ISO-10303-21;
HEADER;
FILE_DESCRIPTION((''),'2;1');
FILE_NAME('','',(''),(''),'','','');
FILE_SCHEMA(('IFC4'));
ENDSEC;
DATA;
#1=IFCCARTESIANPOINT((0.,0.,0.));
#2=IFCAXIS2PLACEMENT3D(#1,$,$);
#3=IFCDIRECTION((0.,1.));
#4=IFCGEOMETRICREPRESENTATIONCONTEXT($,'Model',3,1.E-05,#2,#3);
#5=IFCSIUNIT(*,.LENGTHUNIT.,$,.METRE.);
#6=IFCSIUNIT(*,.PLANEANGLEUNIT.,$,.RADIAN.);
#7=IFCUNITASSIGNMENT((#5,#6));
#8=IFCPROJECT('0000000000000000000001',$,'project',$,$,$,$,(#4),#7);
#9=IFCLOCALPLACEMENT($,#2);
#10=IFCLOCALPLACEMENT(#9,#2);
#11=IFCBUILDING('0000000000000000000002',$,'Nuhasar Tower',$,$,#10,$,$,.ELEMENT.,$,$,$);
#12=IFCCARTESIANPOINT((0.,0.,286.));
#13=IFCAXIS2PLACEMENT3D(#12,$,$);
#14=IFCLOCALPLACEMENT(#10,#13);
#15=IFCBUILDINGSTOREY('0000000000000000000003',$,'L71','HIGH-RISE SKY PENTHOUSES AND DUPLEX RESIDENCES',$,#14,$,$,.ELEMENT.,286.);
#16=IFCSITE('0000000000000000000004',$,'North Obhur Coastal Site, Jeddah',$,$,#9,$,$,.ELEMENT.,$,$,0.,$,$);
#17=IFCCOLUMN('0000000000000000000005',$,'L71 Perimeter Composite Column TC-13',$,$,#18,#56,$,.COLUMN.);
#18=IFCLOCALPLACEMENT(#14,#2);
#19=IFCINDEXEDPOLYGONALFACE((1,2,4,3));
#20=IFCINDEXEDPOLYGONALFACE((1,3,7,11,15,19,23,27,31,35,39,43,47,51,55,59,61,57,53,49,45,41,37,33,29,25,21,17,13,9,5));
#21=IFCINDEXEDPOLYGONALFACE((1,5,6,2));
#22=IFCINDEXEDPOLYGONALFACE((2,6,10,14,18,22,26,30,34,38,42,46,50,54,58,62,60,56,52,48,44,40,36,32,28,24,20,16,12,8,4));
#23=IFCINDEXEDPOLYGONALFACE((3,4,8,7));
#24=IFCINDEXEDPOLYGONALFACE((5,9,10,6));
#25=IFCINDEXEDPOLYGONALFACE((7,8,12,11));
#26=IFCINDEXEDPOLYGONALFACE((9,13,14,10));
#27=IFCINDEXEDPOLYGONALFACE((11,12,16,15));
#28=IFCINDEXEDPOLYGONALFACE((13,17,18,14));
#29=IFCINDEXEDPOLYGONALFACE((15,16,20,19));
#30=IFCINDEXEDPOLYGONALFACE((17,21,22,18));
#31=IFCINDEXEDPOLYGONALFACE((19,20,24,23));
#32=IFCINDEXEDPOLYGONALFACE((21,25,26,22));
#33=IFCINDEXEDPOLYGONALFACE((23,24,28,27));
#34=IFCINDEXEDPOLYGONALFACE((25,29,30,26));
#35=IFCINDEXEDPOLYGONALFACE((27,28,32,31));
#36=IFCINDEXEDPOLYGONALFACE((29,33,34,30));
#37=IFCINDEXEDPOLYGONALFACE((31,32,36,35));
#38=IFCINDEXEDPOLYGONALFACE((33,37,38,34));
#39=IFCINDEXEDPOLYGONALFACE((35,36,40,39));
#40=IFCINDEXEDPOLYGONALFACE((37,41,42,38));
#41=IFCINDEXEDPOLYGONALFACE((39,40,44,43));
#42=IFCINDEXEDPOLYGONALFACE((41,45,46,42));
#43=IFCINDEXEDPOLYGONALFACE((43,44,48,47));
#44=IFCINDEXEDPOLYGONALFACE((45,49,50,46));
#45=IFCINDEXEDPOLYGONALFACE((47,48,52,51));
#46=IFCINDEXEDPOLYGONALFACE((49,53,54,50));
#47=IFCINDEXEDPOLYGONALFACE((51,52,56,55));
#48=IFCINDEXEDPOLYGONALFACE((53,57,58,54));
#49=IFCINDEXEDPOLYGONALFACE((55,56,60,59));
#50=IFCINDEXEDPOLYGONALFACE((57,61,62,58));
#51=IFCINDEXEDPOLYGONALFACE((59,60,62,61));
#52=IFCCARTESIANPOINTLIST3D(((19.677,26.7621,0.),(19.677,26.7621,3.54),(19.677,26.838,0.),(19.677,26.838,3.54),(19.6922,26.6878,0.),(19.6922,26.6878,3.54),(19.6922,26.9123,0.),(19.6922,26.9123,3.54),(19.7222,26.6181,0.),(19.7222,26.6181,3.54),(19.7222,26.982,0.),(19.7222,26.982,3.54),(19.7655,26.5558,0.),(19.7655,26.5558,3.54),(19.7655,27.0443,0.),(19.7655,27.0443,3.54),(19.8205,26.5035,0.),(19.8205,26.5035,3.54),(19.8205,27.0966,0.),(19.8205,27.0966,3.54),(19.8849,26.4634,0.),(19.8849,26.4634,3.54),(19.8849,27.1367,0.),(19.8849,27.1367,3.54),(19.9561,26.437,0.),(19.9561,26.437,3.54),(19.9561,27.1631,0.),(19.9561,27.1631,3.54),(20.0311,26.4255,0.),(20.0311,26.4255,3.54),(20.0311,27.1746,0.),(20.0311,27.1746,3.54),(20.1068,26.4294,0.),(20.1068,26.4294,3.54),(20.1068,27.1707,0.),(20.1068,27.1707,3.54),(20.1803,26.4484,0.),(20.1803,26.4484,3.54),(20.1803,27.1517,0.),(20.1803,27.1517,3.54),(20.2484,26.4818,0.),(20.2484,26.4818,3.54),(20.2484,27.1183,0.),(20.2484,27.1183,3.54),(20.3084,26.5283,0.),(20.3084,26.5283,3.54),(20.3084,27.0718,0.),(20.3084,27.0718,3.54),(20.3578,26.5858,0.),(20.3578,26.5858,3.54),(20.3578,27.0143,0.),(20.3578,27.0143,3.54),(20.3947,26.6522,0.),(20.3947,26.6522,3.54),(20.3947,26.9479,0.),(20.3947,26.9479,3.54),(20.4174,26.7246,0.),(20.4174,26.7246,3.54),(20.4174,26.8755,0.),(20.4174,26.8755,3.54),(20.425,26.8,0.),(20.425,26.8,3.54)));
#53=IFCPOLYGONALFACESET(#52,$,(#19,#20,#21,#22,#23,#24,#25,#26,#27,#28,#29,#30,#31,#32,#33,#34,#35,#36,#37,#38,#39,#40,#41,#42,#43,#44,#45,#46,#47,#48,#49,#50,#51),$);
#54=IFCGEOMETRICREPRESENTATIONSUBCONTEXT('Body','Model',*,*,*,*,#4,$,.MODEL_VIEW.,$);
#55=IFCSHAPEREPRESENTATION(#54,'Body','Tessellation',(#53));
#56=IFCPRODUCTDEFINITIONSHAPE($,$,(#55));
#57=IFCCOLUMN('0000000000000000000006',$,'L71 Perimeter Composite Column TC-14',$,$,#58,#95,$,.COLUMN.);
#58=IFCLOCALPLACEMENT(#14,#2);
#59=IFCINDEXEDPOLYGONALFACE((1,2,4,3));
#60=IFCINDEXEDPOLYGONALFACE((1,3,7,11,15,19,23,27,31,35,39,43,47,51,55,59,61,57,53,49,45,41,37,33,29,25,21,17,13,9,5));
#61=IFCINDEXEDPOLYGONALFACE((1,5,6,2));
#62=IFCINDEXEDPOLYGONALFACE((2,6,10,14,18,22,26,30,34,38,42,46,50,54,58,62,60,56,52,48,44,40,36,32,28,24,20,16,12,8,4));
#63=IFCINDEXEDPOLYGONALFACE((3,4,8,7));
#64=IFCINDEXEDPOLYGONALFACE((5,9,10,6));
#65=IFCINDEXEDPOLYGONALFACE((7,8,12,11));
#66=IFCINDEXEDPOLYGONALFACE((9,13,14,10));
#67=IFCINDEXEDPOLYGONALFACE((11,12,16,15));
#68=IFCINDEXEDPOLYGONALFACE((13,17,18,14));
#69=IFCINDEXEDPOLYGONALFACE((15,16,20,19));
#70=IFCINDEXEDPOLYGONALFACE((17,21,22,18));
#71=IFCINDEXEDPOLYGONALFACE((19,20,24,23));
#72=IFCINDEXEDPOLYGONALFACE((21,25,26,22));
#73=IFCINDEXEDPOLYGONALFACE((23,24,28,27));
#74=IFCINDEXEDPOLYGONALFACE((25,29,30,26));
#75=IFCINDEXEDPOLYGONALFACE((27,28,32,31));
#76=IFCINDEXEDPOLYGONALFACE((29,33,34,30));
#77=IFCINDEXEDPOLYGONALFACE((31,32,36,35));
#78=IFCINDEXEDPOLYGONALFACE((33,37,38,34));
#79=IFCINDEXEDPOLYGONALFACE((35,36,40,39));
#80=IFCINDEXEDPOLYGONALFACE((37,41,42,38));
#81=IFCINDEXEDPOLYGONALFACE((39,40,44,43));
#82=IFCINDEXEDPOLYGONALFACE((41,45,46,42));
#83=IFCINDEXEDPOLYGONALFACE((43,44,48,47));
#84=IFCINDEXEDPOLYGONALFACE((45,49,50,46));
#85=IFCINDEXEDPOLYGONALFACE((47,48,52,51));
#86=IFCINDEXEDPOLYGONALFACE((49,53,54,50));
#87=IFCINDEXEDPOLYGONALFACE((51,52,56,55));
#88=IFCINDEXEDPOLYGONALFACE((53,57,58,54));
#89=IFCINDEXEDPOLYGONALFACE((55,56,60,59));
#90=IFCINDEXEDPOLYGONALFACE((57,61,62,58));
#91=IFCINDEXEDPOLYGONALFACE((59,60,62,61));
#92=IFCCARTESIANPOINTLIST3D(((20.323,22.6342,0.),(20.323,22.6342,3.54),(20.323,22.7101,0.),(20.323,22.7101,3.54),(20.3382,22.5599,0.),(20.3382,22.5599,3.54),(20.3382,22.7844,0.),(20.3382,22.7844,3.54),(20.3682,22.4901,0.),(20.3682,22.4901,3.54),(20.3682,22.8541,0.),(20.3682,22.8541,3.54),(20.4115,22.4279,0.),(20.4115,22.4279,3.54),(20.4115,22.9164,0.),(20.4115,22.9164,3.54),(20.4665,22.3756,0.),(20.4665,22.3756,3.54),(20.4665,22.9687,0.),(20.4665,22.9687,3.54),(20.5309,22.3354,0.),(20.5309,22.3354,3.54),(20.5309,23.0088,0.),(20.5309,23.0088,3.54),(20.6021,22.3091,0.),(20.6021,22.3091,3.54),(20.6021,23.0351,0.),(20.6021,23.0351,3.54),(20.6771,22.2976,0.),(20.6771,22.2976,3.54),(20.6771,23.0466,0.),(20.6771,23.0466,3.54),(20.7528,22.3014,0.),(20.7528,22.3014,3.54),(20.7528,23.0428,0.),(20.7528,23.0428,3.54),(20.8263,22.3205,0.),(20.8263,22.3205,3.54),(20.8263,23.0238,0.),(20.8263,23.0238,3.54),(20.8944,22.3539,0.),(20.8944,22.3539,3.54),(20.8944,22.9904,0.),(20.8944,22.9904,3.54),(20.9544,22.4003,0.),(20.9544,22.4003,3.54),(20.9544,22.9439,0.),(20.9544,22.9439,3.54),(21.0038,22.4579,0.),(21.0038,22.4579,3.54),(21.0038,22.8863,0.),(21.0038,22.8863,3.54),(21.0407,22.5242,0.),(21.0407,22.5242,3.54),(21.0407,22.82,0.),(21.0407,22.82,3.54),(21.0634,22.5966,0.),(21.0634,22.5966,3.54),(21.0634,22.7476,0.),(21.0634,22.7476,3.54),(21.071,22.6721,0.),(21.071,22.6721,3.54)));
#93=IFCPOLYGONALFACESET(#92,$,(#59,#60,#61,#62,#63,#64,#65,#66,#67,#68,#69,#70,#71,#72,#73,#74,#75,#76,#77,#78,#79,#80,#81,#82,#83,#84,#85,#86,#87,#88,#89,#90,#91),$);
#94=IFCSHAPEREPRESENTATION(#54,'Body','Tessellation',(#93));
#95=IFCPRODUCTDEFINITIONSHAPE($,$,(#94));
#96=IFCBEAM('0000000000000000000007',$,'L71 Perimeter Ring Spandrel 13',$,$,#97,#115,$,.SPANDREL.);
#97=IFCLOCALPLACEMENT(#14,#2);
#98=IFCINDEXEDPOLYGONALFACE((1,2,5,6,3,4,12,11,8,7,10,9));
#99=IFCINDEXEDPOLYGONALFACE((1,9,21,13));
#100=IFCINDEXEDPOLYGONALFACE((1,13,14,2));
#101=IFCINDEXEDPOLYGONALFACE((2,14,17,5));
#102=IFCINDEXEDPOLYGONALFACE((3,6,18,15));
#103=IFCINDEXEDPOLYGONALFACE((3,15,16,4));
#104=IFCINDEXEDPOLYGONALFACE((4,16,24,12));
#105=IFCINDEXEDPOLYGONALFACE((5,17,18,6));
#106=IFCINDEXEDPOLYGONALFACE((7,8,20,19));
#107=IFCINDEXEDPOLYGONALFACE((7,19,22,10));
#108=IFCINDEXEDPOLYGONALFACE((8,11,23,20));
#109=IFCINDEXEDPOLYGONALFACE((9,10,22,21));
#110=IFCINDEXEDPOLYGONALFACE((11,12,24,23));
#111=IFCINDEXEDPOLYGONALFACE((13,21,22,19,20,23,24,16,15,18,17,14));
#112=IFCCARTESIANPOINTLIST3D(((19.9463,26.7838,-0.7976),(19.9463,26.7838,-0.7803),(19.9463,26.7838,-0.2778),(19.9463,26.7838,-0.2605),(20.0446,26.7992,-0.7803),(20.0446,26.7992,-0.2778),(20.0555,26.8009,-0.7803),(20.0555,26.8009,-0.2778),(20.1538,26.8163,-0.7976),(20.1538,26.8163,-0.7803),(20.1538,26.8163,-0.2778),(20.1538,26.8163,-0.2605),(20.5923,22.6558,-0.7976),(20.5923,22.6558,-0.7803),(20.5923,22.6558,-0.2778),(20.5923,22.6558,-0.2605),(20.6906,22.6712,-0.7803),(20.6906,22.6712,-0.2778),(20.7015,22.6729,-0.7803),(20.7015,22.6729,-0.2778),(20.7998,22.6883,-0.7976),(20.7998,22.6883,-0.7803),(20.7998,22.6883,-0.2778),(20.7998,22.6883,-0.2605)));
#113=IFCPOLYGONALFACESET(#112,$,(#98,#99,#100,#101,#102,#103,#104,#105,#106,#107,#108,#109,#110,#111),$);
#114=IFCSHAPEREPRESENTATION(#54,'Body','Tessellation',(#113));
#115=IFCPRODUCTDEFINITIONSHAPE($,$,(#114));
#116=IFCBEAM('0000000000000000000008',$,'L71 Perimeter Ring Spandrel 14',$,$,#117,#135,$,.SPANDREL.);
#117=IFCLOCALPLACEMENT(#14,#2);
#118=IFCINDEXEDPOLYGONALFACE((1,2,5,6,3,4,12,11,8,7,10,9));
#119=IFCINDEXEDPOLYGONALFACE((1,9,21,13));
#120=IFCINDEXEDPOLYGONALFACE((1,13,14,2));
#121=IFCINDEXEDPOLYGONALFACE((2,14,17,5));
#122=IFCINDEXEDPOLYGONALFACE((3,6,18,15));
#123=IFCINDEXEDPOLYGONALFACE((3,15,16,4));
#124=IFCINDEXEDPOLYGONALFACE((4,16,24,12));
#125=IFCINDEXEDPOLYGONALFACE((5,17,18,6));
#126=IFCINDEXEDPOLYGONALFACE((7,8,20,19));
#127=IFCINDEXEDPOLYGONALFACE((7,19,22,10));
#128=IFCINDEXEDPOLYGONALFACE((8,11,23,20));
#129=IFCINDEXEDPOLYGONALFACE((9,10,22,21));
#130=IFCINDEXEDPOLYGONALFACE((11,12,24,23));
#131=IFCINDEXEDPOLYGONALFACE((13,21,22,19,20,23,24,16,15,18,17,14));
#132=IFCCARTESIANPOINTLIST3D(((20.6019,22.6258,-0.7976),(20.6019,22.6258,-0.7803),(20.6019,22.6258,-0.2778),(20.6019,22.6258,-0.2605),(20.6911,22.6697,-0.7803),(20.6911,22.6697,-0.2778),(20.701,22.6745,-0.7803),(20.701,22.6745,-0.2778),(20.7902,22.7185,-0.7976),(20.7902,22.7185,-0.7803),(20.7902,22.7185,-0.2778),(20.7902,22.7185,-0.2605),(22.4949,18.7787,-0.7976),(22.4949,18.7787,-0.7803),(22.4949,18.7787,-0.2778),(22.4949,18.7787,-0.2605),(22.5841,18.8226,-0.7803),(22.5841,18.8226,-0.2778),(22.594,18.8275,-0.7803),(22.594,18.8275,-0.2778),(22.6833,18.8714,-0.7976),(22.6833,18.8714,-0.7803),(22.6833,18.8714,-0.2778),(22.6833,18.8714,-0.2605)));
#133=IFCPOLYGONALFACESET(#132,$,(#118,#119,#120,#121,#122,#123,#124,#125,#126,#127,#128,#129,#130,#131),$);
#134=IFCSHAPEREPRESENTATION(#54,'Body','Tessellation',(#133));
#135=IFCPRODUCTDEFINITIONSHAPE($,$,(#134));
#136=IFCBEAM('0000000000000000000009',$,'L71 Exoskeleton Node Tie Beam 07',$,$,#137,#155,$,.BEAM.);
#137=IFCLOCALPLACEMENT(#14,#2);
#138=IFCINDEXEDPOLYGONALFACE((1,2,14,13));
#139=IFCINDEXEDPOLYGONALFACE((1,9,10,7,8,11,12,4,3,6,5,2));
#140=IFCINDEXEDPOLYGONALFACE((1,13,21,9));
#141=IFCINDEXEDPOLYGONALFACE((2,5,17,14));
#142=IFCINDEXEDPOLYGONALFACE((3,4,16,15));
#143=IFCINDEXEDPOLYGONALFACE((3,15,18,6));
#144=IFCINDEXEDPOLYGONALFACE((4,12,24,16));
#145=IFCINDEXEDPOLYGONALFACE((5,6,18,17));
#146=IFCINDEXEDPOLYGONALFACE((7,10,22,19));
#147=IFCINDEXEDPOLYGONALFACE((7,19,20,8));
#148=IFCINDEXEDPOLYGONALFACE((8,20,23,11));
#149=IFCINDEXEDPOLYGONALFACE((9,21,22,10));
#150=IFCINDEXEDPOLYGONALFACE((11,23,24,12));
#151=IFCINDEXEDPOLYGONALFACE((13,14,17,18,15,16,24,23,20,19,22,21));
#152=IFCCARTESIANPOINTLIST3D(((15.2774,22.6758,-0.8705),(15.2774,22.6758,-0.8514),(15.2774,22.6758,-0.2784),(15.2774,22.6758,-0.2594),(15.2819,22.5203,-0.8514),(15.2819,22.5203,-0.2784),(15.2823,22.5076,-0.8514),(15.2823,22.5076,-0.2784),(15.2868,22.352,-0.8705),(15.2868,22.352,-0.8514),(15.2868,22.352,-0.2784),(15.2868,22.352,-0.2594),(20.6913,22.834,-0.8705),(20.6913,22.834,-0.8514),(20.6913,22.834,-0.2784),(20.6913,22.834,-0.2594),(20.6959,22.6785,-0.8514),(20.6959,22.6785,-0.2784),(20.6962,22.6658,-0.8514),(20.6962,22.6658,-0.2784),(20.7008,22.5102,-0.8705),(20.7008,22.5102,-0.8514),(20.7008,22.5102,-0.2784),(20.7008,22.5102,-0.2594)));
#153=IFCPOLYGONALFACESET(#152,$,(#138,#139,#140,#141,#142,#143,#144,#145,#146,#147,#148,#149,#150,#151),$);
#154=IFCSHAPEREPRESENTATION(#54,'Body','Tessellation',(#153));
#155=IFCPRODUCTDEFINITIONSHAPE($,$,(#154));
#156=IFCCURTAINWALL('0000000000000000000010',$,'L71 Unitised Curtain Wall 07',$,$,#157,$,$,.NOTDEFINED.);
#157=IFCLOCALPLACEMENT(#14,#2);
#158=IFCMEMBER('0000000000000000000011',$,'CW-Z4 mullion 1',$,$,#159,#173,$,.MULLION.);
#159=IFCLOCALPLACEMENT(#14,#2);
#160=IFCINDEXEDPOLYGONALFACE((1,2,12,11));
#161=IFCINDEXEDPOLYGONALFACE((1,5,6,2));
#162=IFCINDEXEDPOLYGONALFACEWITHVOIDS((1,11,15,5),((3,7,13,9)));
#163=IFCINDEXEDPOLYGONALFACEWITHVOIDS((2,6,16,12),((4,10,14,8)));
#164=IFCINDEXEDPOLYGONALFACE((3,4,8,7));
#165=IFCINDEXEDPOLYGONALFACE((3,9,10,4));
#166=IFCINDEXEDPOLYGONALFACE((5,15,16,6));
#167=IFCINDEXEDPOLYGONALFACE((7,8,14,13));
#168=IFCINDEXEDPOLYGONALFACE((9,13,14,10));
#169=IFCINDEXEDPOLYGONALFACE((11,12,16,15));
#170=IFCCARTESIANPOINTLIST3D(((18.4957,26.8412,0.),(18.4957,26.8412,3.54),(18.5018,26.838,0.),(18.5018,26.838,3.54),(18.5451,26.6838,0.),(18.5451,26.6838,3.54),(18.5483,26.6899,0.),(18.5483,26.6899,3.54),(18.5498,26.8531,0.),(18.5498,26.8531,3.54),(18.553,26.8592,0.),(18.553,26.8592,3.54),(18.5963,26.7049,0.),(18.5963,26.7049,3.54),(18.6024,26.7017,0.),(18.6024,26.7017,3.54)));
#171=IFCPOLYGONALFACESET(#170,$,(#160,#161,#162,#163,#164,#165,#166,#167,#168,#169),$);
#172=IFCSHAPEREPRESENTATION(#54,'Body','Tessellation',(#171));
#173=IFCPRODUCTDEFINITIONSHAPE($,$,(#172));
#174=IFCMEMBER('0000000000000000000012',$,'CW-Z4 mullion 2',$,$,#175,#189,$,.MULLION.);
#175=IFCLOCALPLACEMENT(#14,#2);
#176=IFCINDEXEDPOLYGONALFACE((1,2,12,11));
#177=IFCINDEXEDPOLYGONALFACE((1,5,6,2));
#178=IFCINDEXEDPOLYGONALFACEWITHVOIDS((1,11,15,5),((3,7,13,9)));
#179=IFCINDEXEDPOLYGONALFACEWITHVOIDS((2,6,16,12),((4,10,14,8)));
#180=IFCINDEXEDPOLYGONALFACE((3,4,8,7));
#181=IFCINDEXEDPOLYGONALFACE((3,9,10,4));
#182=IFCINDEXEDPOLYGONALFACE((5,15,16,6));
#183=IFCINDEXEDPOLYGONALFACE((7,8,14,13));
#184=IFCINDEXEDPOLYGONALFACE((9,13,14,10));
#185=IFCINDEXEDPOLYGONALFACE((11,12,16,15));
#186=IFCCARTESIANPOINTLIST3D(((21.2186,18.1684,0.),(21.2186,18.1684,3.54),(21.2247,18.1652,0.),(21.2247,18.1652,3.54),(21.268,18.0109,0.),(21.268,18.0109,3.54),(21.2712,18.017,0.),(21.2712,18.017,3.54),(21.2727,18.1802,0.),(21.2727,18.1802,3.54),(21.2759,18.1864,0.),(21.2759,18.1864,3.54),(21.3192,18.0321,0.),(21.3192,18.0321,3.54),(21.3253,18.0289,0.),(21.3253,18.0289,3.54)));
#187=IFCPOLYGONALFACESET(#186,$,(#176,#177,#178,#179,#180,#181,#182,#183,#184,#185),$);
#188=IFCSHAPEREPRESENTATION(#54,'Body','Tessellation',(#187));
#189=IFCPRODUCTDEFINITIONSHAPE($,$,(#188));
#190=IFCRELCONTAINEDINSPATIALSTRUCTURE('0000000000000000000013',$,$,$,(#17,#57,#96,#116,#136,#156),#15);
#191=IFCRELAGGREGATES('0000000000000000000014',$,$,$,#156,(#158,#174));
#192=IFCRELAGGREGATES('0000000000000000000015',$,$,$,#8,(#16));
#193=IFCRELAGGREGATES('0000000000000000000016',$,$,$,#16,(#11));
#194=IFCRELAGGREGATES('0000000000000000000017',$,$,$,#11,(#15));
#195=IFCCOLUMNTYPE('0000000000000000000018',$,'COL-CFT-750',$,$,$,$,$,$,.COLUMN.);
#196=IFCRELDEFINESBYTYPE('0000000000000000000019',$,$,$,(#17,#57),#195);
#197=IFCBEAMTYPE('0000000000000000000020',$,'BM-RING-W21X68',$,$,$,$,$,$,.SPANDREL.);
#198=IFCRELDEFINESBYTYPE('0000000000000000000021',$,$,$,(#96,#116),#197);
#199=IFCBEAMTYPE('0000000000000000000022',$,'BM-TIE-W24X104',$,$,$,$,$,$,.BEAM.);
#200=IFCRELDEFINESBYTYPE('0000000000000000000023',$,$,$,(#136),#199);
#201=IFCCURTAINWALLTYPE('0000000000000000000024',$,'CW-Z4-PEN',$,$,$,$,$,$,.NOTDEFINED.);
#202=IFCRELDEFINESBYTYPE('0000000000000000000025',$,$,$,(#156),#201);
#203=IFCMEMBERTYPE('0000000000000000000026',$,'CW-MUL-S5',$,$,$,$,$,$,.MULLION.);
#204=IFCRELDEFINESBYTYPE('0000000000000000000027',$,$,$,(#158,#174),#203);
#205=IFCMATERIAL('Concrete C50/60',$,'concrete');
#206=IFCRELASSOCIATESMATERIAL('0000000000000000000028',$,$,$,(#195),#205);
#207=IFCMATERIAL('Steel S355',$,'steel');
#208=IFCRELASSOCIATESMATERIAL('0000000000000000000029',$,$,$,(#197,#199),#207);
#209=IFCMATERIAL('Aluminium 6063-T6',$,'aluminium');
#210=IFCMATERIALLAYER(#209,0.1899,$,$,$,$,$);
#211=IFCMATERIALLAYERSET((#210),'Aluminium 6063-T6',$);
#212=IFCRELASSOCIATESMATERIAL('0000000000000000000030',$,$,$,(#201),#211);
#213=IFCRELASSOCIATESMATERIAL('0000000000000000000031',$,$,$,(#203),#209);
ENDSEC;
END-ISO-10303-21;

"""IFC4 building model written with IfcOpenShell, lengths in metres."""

from ifc_helpers import new_model, si_unit, direction, frame, origin, origin_2d, place, context, subcontext, project, spatial, hollow_rectangle, circle, i_section, extrude, material, layer, layer_set, material_profile, profile_set, type_object, element, aggregate, save


model = new_model("IFC4")

# Units and contexts
model_context = context("Model", 3, precision=1e-05, world=origin(), true_north=direction((0.0, 1.0)))
body_context = subcontext(model_context, "Body", "Model", "MODEL_VIEW")
ifc_project = project(units=[si_unit("LENGTHUNIT", "METRE"), si_unit("PLANEANGLEUNIT", "RADIAN")], contexts=[model_context])

# Site, building, storey
site_placement = place(None, origin())
site = spatial("IfcSite", under=ifc_project, at=site_placement, Name="North Obhur Coastal Site, Jeddah", CompositionType="ELEMENT", RefElevation=0.0)
building_placement = place(site_placement, origin())
building = spatial("IfcBuilding", under=site, at=building_placement, Name="Nuhasar Tower", CompositionType="ELEMENT")
storey_placement = place(building_placement, frame((0.0, 0.0, 286.0)))
storey = spatial("IfcBuildingStorey", under=building, at=storey_placement, Name="L71", Description="HIGH-RISE SKY PENTHOUSES AND DUPLEX RESIDENCES", CompositionType="ELEMENT", Elevation=286.0)

# Columns
ifc_material_1 = material(Name="Concrete C50/60", Category="concrete")
ifc_material_profile_1 = material_profile(ifc_material_1, circle(Radius=0.375, at=origin_2d()), Name="CFT750")
ifc_profile_set_1 = profile_set([ifc_material_profile_1], Name="Concrete C50/60")
column_type = type_object("IfcColumnType", Name="COL-CFT-750", PredefinedType="COLUMN", material=ifc_profile_set_1)
for number, where, z_axis, x_axis, name in (
    (1, (20.05, 26.8, 0.0), (0.0, 0.0, 1.0), (1.0, 0.0, 0.0), "L71 Perimeter Composite Column TC-13"),
    (2, (20.696, 22.6721, 0.0), (0.0, 0.0, 1.0), (1.0, 0.0, 0.0), "L71 Perimeter Composite Column TC-14"),
):
    element("IfcColumn", number, at=place(storey_placement, frame(where, z_axis=z_axis, x_axis=x_axis)), inside=storey, type_object=column_type, Name=name, PredefinedType="COLUMN", context=body_context, shape_type="SweptSolid", body=[
        extrude(circle(Radius=0.375, at=origin_2d()), origin(), (0.0, 0.0, 1.0), 3.54),
    ])

# Beams
ifc_material_2 = material(Name="Steel S355", Category="steel")
ifc_material_profile_2 = material_profile(ifc_material_2, i_section(OverallWidth=0.21, OverallDepth=0.5371, WebThickness=0.011, FlangeThickness=0.0173, at=origin_2d()), Name="W21X68")
ifc_profile_set_2 = profile_set([ifc_material_profile_2], Name="Steel S355")
beam_type_1 = type_object("IfcBeamType", Name="BM-RING-W21X68", PredefinedType="SPANDREL", material=ifc_profile_set_2)
beam_1_placement = place(storey_placement, frame((20.05, 26.8, -0.5291), z_axis=(0.154612, -0.987975, 0.0), x_axis=(0.987975, 0.154612, 0.0)))
element("IfcBeam", 3, at=beam_1_placement, inside=storey, type_object=beam_type_1, Name="L71 Perimeter Ring Spandrel 13", PredefinedType="SPANDREL", context=body_context, shape_type="SweptSolid", body=[
    extrude(i_section(OverallWidth=0.21, OverallDepth=0.5371, WebThickness=0.011, FlangeThickness=0.0173, at=origin_2d()), origin(), (0.0, 0.0, 1.0), 4.1782),
])
beam_2_placement = place(storey_placement, frame((20.696, 22.6721, -0.5291), z_axis=(0.441511, -0.897256, 0.0), x_axis=(0.897256, 0.441511, 0.0)))
element("IfcBeam", 4, at=beam_2_placement, inside=storey, type_object=beam_type_1, Name="L71 Perimeter Ring Spandrel 14", PredefinedType="SPANDREL", context=body_context, shape_type="SweptSolid", body=[
    extrude(i_section(OverallWidth=0.21, OverallDepth=0.5371, WebThickness=0.011, FlangeThickness=0.0173, at=origin_2d()), origin(), (0.0, 0.0, 1.0), 4.2876),
])
ifc_material_profile_3 = material_profile(ifc_material_2, i_section(OverallWidth=0.324, OverallDepth=0.6111, WebThickness=0.0127, FlangeThickness=0.019, at=origin_2d()), Name="W24X104")
ifc_profile_set_3 = profile_set([ifc_material_profile_3], Name="Steel S355")
beam_type_2 = type_object("IfcBeamType", Name="BM-TIE-W24X104", PredefinedType="BEAM", material=ifc_profile_set_3)
beam_3_placement = place(storey_placement, frame((20.696, 22.6721, -0.5649), z_axis=(-0.999573, -0.029208, 0.0), x_axis=(0.029208, -0.999573, 0.0)))
element("IfcBeam", 5, at=beam_3_placement, inside=storey, type_object=beam_type_2, Name="L71 Exoskeleton Node Tie Beam 07", PredefinedType="BEAM", context=body_context, shape_type="SweptSolid", body=[
    extrude(i_section(OverallWidth=0.324, OverallDepth=0.6111, WebThickness=0.0127, FlangeThickness=0.019, at=origin_2d()), origin(), (0.0, 0.0, 1.0), 5.4163),
])

# Curtain wall, members
ifc_material_3 = material(Name="Aluminium 6063-T6", Category="aluminium")
ifc_layer_1 = layer(ifc_material_3, 0.1899)
ifc_layer_set_1 = layer_set([ifc_layer_1], Name="Aluminium 6063-T6")
curtain_wall_type = type_object("IfcCurtainWallType", Name="CW-Z4-PEN", PredefinedType="NOTDEFINED", material=ifc_layer_set_1)
curtain_wall_1_placement = place(storey_placement, origin())
curtain_wall_1 = element("IfcCurtainWall", 6, at=curtain_wall_1_placement, inside=storey, type_object=curtain_wall_type, Name="L71 Unitised Curtain Wall 07", PredefinedType="NOTDEFINED")
ifc_material_profile_4 = material_profile(ifc_material_3, hollow_rectangle(XDim=0.0601, YDim=0.165, WallThickness=0.0049, at=origin_2d()), Name="CWM-5")
ifc_profile_set_4 = profile_set([ifc_material_profile_4], Name="Aluminium 6063-T6")
member_type_1 = type_object("IfcMemberType", Name="CW-MUL-S5", PredefinedType="MULLION", material=ifc_profile_set_4)
member_1_placement = place(storey_placement, frame((18.5491, 26.7715, 0.0), z_axis=(0.0, 0.0, 1.0), x_axis=(0.954079, 0.299557, 0.0)))
member_1 = element("IfcMember", 7, at=member_1_placement, type_object=member_type_1, Name="CW-Z4 mullion 1", PredefinedType="MULLION", context=body_context, shape_type="SweptSolid", body=[
    extrude(hollow_rectangle(XDim=0.0601, YDim=0.165, WallThickness=0.0049, at=origin_2d()), origin(), (0.0, 0.0, 1.0), 3.54),
])
member_2_placement = place(storey_placement, frame((21.272, 18.0986, 0.0), z_axis=(0.0, 0.0, 1.0), x_axis=(0.954079, 0.299557, 0.0)))
member_2 = element("IfcMember", 8, at=member_2_placement, type_object=member_type_1, Name="CW-Z4 mullion 2", PredefinedType="MULLION", context=body_context, shape_type="SweptSolid", body=[
    extrude(hollow_rectangle(XDim=0.0601, YDim=0.165, WallThickness=0.0049, at=origin_2d()), origin(), (0.0, 0.0, 1.0), 3.54),
])

aggregate(curtain_wall_1, [member_1, member_2])

save(model, "model.ifc")
